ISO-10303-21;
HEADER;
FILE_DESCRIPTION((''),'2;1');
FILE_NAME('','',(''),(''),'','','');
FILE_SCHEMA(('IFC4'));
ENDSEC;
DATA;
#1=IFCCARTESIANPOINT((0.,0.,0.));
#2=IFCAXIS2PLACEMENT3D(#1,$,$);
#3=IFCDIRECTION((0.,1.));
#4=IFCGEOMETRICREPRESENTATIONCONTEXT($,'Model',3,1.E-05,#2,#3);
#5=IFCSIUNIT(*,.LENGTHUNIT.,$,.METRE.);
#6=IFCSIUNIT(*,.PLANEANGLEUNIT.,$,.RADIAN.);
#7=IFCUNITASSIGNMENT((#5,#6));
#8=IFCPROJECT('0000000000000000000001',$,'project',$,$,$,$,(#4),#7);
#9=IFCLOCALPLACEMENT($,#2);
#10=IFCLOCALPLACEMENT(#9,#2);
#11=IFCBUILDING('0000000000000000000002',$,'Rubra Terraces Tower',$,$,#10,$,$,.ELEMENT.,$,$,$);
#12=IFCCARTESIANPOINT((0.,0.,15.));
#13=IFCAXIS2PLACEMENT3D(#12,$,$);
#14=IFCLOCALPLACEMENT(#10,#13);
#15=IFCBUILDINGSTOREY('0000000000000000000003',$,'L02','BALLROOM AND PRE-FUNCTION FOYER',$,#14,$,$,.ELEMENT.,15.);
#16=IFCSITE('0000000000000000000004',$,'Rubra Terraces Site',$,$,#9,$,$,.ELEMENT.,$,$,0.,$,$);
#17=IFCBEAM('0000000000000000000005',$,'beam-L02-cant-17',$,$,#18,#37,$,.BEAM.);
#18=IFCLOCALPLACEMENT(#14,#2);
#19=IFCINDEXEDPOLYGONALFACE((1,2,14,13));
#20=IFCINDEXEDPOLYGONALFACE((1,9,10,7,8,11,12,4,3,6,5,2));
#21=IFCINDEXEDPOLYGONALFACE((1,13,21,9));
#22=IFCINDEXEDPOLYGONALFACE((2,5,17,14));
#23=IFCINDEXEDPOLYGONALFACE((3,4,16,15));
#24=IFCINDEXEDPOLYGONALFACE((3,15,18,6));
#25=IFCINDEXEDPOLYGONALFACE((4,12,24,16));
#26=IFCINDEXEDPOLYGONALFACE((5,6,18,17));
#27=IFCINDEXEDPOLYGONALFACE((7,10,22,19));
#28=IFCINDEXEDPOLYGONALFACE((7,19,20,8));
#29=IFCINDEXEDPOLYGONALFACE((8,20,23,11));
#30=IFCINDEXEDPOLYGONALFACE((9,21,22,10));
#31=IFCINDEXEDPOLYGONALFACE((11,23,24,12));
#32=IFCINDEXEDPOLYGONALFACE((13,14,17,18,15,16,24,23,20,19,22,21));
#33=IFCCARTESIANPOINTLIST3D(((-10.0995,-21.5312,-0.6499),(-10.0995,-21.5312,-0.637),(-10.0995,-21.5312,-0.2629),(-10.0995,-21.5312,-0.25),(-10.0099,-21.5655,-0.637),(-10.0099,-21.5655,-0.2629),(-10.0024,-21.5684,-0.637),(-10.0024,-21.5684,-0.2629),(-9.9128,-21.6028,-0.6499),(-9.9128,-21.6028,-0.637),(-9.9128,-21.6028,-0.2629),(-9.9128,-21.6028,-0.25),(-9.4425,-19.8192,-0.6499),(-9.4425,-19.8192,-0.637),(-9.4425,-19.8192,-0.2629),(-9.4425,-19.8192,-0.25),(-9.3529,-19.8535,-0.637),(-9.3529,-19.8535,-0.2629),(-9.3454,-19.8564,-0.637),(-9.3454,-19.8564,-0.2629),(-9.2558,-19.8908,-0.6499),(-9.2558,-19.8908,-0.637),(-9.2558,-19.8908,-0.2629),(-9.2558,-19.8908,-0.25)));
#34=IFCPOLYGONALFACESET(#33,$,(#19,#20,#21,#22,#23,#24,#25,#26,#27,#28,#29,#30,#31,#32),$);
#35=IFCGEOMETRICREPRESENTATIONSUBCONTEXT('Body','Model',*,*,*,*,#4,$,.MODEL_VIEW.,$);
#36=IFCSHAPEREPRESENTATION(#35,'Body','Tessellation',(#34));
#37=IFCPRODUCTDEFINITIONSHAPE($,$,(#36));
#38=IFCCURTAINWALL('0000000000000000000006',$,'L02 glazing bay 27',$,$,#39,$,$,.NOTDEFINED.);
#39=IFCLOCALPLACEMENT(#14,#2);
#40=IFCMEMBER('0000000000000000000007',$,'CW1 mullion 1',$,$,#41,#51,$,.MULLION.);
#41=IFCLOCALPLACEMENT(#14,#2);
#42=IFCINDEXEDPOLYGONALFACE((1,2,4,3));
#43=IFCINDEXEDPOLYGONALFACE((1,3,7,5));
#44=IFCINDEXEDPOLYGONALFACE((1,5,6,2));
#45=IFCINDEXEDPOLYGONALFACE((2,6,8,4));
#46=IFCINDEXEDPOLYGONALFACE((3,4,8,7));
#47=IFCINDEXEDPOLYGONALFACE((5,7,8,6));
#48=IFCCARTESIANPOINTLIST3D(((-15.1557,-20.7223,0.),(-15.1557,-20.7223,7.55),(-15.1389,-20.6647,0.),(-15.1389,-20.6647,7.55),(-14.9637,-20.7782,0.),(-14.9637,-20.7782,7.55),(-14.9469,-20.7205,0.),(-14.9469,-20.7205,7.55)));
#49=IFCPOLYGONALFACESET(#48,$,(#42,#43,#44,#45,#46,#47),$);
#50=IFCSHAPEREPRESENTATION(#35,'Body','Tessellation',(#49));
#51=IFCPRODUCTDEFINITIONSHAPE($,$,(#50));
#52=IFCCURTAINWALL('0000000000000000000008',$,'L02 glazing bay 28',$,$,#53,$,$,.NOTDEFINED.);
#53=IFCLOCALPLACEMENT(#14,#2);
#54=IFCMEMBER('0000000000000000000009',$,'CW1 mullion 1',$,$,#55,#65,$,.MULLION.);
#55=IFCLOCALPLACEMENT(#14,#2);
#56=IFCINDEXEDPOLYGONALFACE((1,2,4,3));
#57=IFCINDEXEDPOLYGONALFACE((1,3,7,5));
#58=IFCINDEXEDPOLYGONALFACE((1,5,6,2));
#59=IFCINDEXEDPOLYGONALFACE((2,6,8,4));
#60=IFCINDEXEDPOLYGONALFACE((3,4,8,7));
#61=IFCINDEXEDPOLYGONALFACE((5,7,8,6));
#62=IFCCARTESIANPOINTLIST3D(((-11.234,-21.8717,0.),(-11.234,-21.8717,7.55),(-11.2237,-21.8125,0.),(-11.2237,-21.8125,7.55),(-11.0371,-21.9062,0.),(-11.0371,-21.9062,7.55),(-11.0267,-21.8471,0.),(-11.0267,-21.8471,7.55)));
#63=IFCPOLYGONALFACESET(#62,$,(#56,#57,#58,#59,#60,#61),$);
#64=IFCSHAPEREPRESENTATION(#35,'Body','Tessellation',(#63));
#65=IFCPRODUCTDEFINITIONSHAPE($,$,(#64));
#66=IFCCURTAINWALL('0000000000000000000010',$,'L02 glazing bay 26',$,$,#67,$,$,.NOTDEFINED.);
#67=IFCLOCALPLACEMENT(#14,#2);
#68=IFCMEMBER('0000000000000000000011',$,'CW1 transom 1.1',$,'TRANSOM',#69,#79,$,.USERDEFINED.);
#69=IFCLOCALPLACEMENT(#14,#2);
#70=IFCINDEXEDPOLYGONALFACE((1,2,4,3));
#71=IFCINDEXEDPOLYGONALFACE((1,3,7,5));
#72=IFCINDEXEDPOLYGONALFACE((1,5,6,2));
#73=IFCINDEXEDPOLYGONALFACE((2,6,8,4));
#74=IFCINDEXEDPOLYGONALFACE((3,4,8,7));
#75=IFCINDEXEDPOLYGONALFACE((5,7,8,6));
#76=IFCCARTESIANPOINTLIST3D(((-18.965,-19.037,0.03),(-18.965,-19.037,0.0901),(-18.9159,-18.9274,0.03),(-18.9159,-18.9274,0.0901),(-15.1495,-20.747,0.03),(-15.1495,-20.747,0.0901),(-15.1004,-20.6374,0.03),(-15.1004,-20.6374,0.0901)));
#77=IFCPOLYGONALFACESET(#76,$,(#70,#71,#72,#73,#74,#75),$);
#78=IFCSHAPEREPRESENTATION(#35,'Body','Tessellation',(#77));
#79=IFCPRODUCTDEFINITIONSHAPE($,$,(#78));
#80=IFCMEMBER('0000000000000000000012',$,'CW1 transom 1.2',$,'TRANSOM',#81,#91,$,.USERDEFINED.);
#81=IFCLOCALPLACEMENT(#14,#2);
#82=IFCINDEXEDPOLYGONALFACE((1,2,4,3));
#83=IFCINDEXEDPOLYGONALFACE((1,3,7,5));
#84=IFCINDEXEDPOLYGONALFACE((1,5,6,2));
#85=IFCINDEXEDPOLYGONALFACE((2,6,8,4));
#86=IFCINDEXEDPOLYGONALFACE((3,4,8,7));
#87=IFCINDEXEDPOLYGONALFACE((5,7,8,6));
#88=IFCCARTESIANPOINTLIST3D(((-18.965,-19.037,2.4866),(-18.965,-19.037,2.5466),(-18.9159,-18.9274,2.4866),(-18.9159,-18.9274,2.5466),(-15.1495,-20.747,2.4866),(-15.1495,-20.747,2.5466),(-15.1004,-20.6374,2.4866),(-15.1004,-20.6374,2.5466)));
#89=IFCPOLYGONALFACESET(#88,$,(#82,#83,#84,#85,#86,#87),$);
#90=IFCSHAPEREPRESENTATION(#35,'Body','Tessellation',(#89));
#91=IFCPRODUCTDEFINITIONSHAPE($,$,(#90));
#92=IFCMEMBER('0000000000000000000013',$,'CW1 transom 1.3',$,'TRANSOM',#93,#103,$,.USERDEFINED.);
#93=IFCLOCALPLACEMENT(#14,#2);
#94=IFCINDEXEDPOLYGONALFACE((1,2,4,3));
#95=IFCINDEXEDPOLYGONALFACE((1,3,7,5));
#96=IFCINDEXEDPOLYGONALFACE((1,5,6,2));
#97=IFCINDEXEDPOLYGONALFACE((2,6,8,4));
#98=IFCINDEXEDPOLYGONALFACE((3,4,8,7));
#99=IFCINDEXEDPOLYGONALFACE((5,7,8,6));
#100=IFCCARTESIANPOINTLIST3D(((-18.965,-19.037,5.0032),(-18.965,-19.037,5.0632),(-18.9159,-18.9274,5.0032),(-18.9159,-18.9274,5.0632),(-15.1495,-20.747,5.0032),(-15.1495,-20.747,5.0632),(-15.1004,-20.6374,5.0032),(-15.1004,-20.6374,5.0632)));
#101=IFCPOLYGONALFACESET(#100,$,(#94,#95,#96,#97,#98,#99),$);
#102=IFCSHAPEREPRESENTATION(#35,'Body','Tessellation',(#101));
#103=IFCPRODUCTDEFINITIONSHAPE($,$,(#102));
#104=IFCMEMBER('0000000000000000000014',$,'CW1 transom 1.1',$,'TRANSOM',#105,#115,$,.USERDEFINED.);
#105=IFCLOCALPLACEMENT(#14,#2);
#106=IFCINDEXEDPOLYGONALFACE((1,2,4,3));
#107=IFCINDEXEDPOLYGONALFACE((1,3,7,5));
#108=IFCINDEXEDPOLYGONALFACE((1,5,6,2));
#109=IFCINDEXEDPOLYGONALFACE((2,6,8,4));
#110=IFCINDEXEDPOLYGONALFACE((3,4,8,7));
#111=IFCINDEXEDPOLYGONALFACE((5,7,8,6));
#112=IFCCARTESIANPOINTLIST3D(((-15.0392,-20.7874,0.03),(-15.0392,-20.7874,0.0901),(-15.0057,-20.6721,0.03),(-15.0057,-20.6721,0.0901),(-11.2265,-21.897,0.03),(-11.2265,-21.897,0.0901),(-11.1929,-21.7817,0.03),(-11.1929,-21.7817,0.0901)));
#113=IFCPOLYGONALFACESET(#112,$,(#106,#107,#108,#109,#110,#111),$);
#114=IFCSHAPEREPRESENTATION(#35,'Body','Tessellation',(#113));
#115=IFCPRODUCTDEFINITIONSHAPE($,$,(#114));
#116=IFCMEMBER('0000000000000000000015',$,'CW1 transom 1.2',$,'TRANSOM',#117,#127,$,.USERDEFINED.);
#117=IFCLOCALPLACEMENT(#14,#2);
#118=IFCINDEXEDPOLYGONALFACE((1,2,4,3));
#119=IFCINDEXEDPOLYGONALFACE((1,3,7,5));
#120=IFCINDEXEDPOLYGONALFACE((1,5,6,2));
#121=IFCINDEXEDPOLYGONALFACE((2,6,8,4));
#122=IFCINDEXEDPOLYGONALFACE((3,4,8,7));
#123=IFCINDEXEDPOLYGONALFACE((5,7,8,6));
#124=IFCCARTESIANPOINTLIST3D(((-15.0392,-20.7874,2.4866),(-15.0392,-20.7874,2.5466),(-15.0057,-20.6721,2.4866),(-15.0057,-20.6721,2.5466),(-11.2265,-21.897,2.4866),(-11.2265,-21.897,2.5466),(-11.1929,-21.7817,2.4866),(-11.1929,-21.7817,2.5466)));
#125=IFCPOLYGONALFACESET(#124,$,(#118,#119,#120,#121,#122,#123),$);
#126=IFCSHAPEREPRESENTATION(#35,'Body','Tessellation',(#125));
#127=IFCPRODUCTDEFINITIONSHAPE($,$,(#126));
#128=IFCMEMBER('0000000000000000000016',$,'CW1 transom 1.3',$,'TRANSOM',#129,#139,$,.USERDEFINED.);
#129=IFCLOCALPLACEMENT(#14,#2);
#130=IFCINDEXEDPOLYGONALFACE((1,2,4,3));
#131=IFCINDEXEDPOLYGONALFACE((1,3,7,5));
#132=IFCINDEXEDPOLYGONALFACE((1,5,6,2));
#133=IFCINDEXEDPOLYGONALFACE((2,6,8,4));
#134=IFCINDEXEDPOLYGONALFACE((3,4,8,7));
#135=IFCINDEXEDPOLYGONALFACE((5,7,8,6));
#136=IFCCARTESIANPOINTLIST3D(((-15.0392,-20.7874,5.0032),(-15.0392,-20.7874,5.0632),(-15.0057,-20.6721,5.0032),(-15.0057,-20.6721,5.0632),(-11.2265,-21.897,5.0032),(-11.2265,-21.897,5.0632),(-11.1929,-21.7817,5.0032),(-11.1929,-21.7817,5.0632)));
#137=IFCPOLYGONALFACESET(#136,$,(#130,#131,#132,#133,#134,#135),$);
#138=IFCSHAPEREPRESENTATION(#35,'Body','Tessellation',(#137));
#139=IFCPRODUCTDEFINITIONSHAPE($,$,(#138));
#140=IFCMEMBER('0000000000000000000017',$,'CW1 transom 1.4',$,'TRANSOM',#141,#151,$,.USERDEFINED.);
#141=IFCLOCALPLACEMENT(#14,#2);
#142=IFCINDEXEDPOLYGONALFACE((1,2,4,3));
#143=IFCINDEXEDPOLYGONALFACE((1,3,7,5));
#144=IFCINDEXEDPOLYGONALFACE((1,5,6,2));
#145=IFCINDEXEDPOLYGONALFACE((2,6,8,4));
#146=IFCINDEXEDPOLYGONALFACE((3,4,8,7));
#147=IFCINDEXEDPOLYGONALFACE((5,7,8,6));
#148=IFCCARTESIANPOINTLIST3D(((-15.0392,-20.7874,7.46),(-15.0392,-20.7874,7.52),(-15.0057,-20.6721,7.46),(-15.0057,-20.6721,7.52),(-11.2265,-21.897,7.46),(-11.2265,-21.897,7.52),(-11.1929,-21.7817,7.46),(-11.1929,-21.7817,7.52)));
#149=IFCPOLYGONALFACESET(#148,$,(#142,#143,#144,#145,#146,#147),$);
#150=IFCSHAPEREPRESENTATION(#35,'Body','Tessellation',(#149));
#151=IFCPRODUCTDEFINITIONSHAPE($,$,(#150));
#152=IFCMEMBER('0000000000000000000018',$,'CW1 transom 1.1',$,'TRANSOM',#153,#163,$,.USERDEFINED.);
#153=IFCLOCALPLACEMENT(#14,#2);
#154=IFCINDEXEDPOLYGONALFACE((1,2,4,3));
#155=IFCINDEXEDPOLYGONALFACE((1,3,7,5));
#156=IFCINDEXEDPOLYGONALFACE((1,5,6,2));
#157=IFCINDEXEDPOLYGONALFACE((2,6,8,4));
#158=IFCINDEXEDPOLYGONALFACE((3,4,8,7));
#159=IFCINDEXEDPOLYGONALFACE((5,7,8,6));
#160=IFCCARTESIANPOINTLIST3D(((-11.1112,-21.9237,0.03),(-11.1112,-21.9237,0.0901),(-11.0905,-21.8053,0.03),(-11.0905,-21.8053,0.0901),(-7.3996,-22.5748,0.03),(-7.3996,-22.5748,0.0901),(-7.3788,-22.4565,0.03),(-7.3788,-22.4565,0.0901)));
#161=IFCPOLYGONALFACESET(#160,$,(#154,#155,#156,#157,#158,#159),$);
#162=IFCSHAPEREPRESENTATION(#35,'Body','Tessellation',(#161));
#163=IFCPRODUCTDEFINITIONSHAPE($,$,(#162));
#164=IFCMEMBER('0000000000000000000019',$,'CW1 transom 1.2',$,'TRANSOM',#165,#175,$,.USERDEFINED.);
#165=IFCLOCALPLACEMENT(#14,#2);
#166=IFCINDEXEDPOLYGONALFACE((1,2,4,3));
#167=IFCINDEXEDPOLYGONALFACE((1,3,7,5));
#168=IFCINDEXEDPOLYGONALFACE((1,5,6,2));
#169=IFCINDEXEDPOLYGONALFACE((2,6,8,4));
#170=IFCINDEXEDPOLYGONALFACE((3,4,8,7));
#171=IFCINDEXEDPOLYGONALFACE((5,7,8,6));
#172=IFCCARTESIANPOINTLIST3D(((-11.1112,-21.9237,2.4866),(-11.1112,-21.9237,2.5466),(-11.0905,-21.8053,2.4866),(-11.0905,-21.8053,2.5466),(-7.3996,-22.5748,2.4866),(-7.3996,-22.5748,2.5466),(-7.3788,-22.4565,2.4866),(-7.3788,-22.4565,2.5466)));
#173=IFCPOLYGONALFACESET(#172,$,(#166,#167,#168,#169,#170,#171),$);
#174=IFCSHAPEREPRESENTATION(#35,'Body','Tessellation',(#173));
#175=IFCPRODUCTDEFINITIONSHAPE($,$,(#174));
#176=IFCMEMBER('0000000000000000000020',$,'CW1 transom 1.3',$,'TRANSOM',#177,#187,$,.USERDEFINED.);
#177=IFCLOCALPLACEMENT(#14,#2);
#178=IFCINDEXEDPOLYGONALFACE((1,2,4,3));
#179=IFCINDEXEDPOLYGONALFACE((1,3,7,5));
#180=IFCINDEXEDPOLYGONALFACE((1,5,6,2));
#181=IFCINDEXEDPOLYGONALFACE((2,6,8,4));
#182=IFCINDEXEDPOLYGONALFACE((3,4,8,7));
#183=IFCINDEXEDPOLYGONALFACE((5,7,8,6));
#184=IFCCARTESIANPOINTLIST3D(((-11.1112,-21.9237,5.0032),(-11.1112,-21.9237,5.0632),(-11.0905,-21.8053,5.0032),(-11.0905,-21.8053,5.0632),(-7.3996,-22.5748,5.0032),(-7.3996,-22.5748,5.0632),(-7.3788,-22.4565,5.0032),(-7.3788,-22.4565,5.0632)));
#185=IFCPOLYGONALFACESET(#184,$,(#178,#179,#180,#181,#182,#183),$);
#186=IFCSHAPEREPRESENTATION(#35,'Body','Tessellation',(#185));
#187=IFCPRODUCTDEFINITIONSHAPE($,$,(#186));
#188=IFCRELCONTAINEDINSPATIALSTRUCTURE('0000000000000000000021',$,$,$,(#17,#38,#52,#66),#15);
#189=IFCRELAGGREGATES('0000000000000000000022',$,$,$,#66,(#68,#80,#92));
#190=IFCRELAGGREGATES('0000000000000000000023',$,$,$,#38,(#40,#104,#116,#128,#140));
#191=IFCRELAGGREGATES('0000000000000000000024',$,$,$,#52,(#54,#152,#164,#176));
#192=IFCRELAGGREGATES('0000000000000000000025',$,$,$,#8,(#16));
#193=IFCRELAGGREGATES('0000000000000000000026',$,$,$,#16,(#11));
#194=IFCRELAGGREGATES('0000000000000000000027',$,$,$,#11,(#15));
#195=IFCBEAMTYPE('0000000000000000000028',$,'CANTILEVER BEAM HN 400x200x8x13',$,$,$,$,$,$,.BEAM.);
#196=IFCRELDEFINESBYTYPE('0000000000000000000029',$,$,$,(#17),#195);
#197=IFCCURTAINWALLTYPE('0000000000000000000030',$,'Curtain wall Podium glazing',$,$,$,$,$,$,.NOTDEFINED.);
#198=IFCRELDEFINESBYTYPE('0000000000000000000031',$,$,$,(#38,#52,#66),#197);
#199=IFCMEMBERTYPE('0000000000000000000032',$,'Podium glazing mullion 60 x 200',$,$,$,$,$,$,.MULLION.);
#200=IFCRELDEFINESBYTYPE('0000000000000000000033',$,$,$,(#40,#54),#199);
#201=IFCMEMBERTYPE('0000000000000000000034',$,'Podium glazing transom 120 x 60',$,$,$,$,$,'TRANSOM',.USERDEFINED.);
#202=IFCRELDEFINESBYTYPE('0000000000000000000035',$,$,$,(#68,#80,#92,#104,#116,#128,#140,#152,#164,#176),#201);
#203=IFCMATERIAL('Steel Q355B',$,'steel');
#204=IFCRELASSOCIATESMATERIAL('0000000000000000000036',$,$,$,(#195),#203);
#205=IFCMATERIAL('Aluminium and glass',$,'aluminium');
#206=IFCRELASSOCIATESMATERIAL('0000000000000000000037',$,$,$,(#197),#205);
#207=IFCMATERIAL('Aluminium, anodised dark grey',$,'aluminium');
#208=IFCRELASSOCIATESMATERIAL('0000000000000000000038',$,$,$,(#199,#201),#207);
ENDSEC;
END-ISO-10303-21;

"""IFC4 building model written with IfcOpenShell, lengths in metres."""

from ifc_helpers import new_model, si_unit, direction, frame, origin, origin_2d, place, context, subcontext, project, spatial, rectangle, i_section, extrude, material, material_profile, profile_set, type_object, element, aggregate, save


model = new_model("IFC4")

# Units and contexts
model_context = context("Model", 3, precision=1e-05, world=origin(), true_north=direction((0.0, 1.0)))
body_context = subcontext(model_context, "Body", "Model", "MODEL_VIEW")
ifc_project = project(units=[si_unit("LENGTHUNIT", "METRE"), si_unit("PLANEANGLEUNIT", "RADIAN")], contexts=[model_context])

# Site, building, storey
site_placement = place(None, origin())
site = spatial("IfcSite", under=ifc_project, at=site_placement, Name="Rubra Terraces Site", CompositionType="ELEMENT", RefElevation=0.0)
building_placement = place(site_placement, origin())
building = spatial("IfcBuilding", under=site, at=building_placement, Name="Rubra Terraces Tower", CompositionType="ELEMENT")
storey_placement = place(building_placement, frame((0.0, 0.0, 15.0)))
storey = spatial("IfcBuildingStorey", under=building, at=storey_placement, Name="L02", Description="BALLROOM AND PRE-FUNCTION FOYER", CompositionType="ELEMENT", Elevation=15.0)

# Beam
ifc_material_1 = material(Name="Steel Q355B", Category="steel")
ifc_material_profile_1 = material_profile(ifc_material_1, i_section(OverallWidth=0.2, OverallDepth=0.3999, WebThickness=0.0081, FlangeThickness=0.0129, at=origin_2d()), Name="HN 400x200x8x13")
ifc_profile_set_1 = profile_set([ifc_material_profile_1], Name="Steel Q355B")
beam_type = type_object("IfcBeamType", Name="CANTILEVER BEAM HN 400x200x8x13", PredefinedType="BEAM", material=ifc_profile_set_1)
beam_placement = place(storey_placement, frame((-9.3491, -19.855, -0.45), z_axis=(-0.358292, -0.93361, 0.0), x_axis=(0.93361, -0.358292, 0.0)))
element("IfcBeam", 1, at=beam_placement, inside=storey, type_object=beam_type, Name="beam-L02-cant-17", PredefinedType="BEAM", context=body_context, shape_type="SweptSolid", body=[
    extrude(i_section(OverallWidth=0.2, OverallDepth=0.3999, WebThickness=0.0081, FlangeThickness=0.0129, at=origin_2d()), origin(), (0.0, 0.0, 1.0), 1.8337),
])

# Curtain walls, members
ifc_material_2 = material(Name="Aluminium and glass", Category="aluminium")
curtain_wall_type = type_object("IfcCurtainWallType", Name="Curtain wall Podium glazing", PredefinedType="NOTDEFINED", material=ifc_material_2)
curtain_wall_1_placement = place(storey_placement, origin())
curtain_wall_1 = element("IfcCurtainWall", 2, at=curtain_wall_1_placement, inside=storey, type_object=curtain_wall_type, Name="L02 glazing bay 27", PredefinedType="NOTDEFINED")
ifc_material_3 = material(Name="Aluminium, anodised dark grey", Category="aluminium")
ifc_material_profile_2 = material_profile(ifc_material_3, rectangle(XDim=0.0601, YDim=0.2, at=origin_2d()), Name="AL 60x200")
ifc_profile_set_2 = profile_set([ifc_material_profile_2], Name="Aluminium, anodised dark grey")
member_type_1 = type_object("IfcMemberType", Name="Podium glazing mullion 60 x 200", PredefinedType="MULLION", material=ifc_profile_set_2)
member_1_placement = place(storey_placement, frame((-15.0513, -20.7214, 0.0), z_axis=(0.0, 0.0, 1.0), x_axis=(0.279399, 0.960175, 0.0)))
member_1 = element("IfcMember", 3, at=member_1_placement, type_object=member_type_1, Name="CW1 mullion 1", PredefinedType="MULLION", context=body_context, shape_type="SweptSolid", body=[
    extrude(rectangle(XDim=0.0601, YDim=0.2, at=origin_2d()), origin(), (0.0, 0.0, 1.0), 7.55),
])
curtain_wall_2_placement = place(storey_placement, origin())
curtain_wall_2 = element("IfcCurtainWall", 4, at=curtain_wall_2_placement, inside=storey, type_object=curtain_wall_type, Name="L02 glazing bay 28", PredefinedType="NOTDEFINED")
member_2_placement = place(storey_placement, frame((-11.1304, -21.8594, 0.0), z_axis=(0.0, 0.0, 1.0), x_axis=(0.172817, 0.984954, 0.0)))
member_2 = element("IfcMember", 5, at=member_2_placement, type_object=member_type_1, Name="CW1 mullion 1", PredefinedType="MULLION", context=body_context, shape_type="SweptSolid", body=[
    extrude(rectangle(XDim=0.0601, YDim=0.2, at=origin_2d()), origin(), (0.0, 0.0, 1.0), 7.55),
])

# Curtain wall, members
curtain_wall_3_placement = place(storey_placement, origin())
curtain_wall_3 = element("IfcCurtainWall", 6, at=curtain_wall_3_placement, inside=storey, type_object=curtain_wall_type, Name="L02 glazing bay 26", PredefinedType="NOTDEFINED")
ifc_material_profile_3 = material_profile(ifc_material_3, rectangle(XDim=0.1201, YDim=0.0601, at=origin_2d()), Name="AL 120x60")
ifc_profile_set_3 = profile_set([ifc_material_profile_3], Name="Aluminium, anodised dark grey")
member_type_2 = type_object("IfcMemberType", Name="Podium glazing transom 120 x 60", ElementType="TRANSOM", PredefinedType="USERDEFINED", material=ifc_profile_set_3)
member_3_placement = place(storey_placement, frame((-18.9404, -18.9822, 0.0601), z_axis=(0.912545, -0.408975, 0.0), x_axis=(0.408975, 0.912545, 0.0)))
member_3 = element("IfcMember", 7, at=member_3_placement, type_object=member_type_2, Name="CW1 transom 1.1", ObjectType="TRANSOM", PredefinedType="USERDEFINED", context=body_context, shape_type="SweptSolid", body=[
    extrude(rectangle(XDim=0.1201, YDim=0.0601, at=origin_2d()), origin(), (0.0, 0.0, 1.0), 4.1812),
])
member_4_placement = place(storey_placement, frame((-18.9404, -18.9822, 2.5166), z_axis=(0.912545, -0.408975, 0.0), x_axis=(0.408975, 0.912545, 0.0)))
member_4 = element("IfcMember", 8, at=member_4_placement, type_object=member_type_2, Name="CW1 transom 1.2", ObjectType="TRANSOM", PredefinedType="USERDEFINED", context=body_context, shape_type="SweptSolid", body=[
    extrude(rectangle(XDim=0.1201, YDim=0.0601, at=origin_2d()), origin(), (0.0, 0.0, 1.0), 4.1812),
])
member_5_placement = place(storey_placement, frame((-18.9404, -18.9822, 5.0332), z_axis=(0.912545, -0.408975, 0.0), x_axis=(0.408975, 0.912545, 0.0)))
member_5 = element("IfcMember", 9, at=member_5_placement, type_object=member_type_2, Name="CW1 transom 1.3", ObjectType="TRANSOM", PredefinedType="USERDEFINED", context=body_context, shape_type="SweptSolid", body=[
    extrude(rectangle(XDim=0.1201, YDim=0.0601, at=origin_2d()), origin(), (0.0, 0.0, 1.0), 4.1812),
])

# Members
member_6_placement = place(storey_placement, frame((-15.0225, -20.7297, 0.0601), z_axis=(0.960164, -0.279436, 0.0), x_axis=(0.279436, 0.960164, 0.0)))
member_6 = element("IfcMember", 10, at=member_6_placement, type_object=member_type_2, Name="CW1 transom 1.1", ObjectType="TRANSOM", PredefinedType="USERDEFINED", context=body_context, shape_type="SweptSolid", body=[
    extrude(rectangle(XDim=0.1201, YDim=0.0601, at=origin_2d()), origin(), (0.0, 0.0, 1.0), 3.9709),
])
member_7_placement = place(storey_placement, frame((-15.0225, -20.7297, 2.5166), z_axis=(0.960164, -0.279436, 0.0), x_axis=(0.279436, 0.960164, 0.0)))
member_7 = element("IfcMember", 11, at=member_7_placement, type_object=member_type_2, Name="CW1 transom 1.2", ObjectType="TRANSOM", PredefinedType="USERDEFINED", context=body_context, shape_type="SweptSolid", body=[
    extrude(rectangle(XDim=0.1201, YDim=0.0601, at=origin_2d()), origin(), (0.0, 0.0, 1.0), 3.9709),
])
member_8_placement = place(storey_placement, frame((-15.0225, -20.7297, 5.0332), z_axis=(0.960164, -0.279436, 0.0), x_axis=(0.279436, 0.960164, 0.0)))
member_8 = element("IfcMember", 12, at=member_8_placement, type_object=member_type_2, Name="CW1 transom 1.3", ObjectType="TRANSOM", PredefinedType="USERDEFINED", context=body_context, shape_type="SweptSolid", body=[
    extrude(rectangle(XDim=0.1201, YDim=0.0601, at=origin_2d()), origin(), (0.0, 0.0, 1.0), 3.9709),
])
member_9_placement = place(storey_placement, frame((-15.0225, -20.7297, 7.49), z_axis=(0.960164, -0.279436, 0.0), x_axis=(0.279436, 0.960164, 0.0)))
member_9 = element("IfcMember", 13, at=member_9_placement, type_object=member_type_2, Name="CW1 transom 1.4", ObjectType="TRANSOM", PredefinedType="USERDEFINED", context=body_context, shape_type="SweptSolid", body=[
    extrude(rectangle(XDim=0.1201, YDim=0.0601, at=origin_2d()), origin(), (0.0, 0.0, 1.0), 3.9709),
])
member_10_placement = place(storey_placement, frame((-11.1008, -21.8645, 0.0601), z_axis=(0.984959, -0.172787, 0.0), x_axis=(0.172787, 0.984959, 0.0)))
member_10 = element("IfcMember", 14, at=member_10_placement, type_object=member_type_2, Name="CW1 transom 1.1", ObjectType="TRANSOM", PredefinedType="USERDEFINED", context=body_context, shape_type="SweptSolid", body=[
    extrude(rectangle(XDim=0.1201, YDim=0.0601, at=origin_2d()), origin(), (0.0, 0.0, 1.0), 3.7683),
])
member_11_placement = place(storey_placement, frame((-11.1008, -21.8645, 2.5166), z_axis=(0.984959, -0.172787, 0.0), x_axis=(0.172787, 0.984959, 0.0)))
member_11 = element("IfcMember", 15, at=member_11_placement, type_object=member_type_2, Name="CW1 transom 1.2", ObjectType="TRANSOM", PredefinedType="USERDEFINED", context=body_context, shape_type="SweptSolid", body=[
    extrude(rectangle(XDim=0.1201, YDim=0.0601, at=origin_2d()), origin(), (0.0, 0.0, 1.0), 3.7683),
])
member_12_placement = place(storey_placement, frame((-11.1008, -21.8645, 5.0332), z_axis=(0.984959, -0.172787, 0.0), x_axis=(0.172787, 0.984959, 0.0)))
member_12 = element("IfcMember", 16, at=member_12_placement, type_object=member_type_2, Name="CW1 transom 1.3", ObjectType="TRANSOM", PredefinedType="USERDEFINED", context=body_context, shape_type="SweptSolid", body=[
    extrude(rectangle(XDim=0.1201, YDim=0.0601, at=origin_2d()), origin(), (0.0, 0.0, 1.0), 3.7683),
])

aggregate(curtain_wall_3, [member_3, member_4, member_5])
aggregate(curtain_wall_1, [member_1, member_6, member_7, member_8, member_9])
aggregate(curtain_wall_2, [member_2, member_10, member_11, member_12])

save(model, "model.ifc")
